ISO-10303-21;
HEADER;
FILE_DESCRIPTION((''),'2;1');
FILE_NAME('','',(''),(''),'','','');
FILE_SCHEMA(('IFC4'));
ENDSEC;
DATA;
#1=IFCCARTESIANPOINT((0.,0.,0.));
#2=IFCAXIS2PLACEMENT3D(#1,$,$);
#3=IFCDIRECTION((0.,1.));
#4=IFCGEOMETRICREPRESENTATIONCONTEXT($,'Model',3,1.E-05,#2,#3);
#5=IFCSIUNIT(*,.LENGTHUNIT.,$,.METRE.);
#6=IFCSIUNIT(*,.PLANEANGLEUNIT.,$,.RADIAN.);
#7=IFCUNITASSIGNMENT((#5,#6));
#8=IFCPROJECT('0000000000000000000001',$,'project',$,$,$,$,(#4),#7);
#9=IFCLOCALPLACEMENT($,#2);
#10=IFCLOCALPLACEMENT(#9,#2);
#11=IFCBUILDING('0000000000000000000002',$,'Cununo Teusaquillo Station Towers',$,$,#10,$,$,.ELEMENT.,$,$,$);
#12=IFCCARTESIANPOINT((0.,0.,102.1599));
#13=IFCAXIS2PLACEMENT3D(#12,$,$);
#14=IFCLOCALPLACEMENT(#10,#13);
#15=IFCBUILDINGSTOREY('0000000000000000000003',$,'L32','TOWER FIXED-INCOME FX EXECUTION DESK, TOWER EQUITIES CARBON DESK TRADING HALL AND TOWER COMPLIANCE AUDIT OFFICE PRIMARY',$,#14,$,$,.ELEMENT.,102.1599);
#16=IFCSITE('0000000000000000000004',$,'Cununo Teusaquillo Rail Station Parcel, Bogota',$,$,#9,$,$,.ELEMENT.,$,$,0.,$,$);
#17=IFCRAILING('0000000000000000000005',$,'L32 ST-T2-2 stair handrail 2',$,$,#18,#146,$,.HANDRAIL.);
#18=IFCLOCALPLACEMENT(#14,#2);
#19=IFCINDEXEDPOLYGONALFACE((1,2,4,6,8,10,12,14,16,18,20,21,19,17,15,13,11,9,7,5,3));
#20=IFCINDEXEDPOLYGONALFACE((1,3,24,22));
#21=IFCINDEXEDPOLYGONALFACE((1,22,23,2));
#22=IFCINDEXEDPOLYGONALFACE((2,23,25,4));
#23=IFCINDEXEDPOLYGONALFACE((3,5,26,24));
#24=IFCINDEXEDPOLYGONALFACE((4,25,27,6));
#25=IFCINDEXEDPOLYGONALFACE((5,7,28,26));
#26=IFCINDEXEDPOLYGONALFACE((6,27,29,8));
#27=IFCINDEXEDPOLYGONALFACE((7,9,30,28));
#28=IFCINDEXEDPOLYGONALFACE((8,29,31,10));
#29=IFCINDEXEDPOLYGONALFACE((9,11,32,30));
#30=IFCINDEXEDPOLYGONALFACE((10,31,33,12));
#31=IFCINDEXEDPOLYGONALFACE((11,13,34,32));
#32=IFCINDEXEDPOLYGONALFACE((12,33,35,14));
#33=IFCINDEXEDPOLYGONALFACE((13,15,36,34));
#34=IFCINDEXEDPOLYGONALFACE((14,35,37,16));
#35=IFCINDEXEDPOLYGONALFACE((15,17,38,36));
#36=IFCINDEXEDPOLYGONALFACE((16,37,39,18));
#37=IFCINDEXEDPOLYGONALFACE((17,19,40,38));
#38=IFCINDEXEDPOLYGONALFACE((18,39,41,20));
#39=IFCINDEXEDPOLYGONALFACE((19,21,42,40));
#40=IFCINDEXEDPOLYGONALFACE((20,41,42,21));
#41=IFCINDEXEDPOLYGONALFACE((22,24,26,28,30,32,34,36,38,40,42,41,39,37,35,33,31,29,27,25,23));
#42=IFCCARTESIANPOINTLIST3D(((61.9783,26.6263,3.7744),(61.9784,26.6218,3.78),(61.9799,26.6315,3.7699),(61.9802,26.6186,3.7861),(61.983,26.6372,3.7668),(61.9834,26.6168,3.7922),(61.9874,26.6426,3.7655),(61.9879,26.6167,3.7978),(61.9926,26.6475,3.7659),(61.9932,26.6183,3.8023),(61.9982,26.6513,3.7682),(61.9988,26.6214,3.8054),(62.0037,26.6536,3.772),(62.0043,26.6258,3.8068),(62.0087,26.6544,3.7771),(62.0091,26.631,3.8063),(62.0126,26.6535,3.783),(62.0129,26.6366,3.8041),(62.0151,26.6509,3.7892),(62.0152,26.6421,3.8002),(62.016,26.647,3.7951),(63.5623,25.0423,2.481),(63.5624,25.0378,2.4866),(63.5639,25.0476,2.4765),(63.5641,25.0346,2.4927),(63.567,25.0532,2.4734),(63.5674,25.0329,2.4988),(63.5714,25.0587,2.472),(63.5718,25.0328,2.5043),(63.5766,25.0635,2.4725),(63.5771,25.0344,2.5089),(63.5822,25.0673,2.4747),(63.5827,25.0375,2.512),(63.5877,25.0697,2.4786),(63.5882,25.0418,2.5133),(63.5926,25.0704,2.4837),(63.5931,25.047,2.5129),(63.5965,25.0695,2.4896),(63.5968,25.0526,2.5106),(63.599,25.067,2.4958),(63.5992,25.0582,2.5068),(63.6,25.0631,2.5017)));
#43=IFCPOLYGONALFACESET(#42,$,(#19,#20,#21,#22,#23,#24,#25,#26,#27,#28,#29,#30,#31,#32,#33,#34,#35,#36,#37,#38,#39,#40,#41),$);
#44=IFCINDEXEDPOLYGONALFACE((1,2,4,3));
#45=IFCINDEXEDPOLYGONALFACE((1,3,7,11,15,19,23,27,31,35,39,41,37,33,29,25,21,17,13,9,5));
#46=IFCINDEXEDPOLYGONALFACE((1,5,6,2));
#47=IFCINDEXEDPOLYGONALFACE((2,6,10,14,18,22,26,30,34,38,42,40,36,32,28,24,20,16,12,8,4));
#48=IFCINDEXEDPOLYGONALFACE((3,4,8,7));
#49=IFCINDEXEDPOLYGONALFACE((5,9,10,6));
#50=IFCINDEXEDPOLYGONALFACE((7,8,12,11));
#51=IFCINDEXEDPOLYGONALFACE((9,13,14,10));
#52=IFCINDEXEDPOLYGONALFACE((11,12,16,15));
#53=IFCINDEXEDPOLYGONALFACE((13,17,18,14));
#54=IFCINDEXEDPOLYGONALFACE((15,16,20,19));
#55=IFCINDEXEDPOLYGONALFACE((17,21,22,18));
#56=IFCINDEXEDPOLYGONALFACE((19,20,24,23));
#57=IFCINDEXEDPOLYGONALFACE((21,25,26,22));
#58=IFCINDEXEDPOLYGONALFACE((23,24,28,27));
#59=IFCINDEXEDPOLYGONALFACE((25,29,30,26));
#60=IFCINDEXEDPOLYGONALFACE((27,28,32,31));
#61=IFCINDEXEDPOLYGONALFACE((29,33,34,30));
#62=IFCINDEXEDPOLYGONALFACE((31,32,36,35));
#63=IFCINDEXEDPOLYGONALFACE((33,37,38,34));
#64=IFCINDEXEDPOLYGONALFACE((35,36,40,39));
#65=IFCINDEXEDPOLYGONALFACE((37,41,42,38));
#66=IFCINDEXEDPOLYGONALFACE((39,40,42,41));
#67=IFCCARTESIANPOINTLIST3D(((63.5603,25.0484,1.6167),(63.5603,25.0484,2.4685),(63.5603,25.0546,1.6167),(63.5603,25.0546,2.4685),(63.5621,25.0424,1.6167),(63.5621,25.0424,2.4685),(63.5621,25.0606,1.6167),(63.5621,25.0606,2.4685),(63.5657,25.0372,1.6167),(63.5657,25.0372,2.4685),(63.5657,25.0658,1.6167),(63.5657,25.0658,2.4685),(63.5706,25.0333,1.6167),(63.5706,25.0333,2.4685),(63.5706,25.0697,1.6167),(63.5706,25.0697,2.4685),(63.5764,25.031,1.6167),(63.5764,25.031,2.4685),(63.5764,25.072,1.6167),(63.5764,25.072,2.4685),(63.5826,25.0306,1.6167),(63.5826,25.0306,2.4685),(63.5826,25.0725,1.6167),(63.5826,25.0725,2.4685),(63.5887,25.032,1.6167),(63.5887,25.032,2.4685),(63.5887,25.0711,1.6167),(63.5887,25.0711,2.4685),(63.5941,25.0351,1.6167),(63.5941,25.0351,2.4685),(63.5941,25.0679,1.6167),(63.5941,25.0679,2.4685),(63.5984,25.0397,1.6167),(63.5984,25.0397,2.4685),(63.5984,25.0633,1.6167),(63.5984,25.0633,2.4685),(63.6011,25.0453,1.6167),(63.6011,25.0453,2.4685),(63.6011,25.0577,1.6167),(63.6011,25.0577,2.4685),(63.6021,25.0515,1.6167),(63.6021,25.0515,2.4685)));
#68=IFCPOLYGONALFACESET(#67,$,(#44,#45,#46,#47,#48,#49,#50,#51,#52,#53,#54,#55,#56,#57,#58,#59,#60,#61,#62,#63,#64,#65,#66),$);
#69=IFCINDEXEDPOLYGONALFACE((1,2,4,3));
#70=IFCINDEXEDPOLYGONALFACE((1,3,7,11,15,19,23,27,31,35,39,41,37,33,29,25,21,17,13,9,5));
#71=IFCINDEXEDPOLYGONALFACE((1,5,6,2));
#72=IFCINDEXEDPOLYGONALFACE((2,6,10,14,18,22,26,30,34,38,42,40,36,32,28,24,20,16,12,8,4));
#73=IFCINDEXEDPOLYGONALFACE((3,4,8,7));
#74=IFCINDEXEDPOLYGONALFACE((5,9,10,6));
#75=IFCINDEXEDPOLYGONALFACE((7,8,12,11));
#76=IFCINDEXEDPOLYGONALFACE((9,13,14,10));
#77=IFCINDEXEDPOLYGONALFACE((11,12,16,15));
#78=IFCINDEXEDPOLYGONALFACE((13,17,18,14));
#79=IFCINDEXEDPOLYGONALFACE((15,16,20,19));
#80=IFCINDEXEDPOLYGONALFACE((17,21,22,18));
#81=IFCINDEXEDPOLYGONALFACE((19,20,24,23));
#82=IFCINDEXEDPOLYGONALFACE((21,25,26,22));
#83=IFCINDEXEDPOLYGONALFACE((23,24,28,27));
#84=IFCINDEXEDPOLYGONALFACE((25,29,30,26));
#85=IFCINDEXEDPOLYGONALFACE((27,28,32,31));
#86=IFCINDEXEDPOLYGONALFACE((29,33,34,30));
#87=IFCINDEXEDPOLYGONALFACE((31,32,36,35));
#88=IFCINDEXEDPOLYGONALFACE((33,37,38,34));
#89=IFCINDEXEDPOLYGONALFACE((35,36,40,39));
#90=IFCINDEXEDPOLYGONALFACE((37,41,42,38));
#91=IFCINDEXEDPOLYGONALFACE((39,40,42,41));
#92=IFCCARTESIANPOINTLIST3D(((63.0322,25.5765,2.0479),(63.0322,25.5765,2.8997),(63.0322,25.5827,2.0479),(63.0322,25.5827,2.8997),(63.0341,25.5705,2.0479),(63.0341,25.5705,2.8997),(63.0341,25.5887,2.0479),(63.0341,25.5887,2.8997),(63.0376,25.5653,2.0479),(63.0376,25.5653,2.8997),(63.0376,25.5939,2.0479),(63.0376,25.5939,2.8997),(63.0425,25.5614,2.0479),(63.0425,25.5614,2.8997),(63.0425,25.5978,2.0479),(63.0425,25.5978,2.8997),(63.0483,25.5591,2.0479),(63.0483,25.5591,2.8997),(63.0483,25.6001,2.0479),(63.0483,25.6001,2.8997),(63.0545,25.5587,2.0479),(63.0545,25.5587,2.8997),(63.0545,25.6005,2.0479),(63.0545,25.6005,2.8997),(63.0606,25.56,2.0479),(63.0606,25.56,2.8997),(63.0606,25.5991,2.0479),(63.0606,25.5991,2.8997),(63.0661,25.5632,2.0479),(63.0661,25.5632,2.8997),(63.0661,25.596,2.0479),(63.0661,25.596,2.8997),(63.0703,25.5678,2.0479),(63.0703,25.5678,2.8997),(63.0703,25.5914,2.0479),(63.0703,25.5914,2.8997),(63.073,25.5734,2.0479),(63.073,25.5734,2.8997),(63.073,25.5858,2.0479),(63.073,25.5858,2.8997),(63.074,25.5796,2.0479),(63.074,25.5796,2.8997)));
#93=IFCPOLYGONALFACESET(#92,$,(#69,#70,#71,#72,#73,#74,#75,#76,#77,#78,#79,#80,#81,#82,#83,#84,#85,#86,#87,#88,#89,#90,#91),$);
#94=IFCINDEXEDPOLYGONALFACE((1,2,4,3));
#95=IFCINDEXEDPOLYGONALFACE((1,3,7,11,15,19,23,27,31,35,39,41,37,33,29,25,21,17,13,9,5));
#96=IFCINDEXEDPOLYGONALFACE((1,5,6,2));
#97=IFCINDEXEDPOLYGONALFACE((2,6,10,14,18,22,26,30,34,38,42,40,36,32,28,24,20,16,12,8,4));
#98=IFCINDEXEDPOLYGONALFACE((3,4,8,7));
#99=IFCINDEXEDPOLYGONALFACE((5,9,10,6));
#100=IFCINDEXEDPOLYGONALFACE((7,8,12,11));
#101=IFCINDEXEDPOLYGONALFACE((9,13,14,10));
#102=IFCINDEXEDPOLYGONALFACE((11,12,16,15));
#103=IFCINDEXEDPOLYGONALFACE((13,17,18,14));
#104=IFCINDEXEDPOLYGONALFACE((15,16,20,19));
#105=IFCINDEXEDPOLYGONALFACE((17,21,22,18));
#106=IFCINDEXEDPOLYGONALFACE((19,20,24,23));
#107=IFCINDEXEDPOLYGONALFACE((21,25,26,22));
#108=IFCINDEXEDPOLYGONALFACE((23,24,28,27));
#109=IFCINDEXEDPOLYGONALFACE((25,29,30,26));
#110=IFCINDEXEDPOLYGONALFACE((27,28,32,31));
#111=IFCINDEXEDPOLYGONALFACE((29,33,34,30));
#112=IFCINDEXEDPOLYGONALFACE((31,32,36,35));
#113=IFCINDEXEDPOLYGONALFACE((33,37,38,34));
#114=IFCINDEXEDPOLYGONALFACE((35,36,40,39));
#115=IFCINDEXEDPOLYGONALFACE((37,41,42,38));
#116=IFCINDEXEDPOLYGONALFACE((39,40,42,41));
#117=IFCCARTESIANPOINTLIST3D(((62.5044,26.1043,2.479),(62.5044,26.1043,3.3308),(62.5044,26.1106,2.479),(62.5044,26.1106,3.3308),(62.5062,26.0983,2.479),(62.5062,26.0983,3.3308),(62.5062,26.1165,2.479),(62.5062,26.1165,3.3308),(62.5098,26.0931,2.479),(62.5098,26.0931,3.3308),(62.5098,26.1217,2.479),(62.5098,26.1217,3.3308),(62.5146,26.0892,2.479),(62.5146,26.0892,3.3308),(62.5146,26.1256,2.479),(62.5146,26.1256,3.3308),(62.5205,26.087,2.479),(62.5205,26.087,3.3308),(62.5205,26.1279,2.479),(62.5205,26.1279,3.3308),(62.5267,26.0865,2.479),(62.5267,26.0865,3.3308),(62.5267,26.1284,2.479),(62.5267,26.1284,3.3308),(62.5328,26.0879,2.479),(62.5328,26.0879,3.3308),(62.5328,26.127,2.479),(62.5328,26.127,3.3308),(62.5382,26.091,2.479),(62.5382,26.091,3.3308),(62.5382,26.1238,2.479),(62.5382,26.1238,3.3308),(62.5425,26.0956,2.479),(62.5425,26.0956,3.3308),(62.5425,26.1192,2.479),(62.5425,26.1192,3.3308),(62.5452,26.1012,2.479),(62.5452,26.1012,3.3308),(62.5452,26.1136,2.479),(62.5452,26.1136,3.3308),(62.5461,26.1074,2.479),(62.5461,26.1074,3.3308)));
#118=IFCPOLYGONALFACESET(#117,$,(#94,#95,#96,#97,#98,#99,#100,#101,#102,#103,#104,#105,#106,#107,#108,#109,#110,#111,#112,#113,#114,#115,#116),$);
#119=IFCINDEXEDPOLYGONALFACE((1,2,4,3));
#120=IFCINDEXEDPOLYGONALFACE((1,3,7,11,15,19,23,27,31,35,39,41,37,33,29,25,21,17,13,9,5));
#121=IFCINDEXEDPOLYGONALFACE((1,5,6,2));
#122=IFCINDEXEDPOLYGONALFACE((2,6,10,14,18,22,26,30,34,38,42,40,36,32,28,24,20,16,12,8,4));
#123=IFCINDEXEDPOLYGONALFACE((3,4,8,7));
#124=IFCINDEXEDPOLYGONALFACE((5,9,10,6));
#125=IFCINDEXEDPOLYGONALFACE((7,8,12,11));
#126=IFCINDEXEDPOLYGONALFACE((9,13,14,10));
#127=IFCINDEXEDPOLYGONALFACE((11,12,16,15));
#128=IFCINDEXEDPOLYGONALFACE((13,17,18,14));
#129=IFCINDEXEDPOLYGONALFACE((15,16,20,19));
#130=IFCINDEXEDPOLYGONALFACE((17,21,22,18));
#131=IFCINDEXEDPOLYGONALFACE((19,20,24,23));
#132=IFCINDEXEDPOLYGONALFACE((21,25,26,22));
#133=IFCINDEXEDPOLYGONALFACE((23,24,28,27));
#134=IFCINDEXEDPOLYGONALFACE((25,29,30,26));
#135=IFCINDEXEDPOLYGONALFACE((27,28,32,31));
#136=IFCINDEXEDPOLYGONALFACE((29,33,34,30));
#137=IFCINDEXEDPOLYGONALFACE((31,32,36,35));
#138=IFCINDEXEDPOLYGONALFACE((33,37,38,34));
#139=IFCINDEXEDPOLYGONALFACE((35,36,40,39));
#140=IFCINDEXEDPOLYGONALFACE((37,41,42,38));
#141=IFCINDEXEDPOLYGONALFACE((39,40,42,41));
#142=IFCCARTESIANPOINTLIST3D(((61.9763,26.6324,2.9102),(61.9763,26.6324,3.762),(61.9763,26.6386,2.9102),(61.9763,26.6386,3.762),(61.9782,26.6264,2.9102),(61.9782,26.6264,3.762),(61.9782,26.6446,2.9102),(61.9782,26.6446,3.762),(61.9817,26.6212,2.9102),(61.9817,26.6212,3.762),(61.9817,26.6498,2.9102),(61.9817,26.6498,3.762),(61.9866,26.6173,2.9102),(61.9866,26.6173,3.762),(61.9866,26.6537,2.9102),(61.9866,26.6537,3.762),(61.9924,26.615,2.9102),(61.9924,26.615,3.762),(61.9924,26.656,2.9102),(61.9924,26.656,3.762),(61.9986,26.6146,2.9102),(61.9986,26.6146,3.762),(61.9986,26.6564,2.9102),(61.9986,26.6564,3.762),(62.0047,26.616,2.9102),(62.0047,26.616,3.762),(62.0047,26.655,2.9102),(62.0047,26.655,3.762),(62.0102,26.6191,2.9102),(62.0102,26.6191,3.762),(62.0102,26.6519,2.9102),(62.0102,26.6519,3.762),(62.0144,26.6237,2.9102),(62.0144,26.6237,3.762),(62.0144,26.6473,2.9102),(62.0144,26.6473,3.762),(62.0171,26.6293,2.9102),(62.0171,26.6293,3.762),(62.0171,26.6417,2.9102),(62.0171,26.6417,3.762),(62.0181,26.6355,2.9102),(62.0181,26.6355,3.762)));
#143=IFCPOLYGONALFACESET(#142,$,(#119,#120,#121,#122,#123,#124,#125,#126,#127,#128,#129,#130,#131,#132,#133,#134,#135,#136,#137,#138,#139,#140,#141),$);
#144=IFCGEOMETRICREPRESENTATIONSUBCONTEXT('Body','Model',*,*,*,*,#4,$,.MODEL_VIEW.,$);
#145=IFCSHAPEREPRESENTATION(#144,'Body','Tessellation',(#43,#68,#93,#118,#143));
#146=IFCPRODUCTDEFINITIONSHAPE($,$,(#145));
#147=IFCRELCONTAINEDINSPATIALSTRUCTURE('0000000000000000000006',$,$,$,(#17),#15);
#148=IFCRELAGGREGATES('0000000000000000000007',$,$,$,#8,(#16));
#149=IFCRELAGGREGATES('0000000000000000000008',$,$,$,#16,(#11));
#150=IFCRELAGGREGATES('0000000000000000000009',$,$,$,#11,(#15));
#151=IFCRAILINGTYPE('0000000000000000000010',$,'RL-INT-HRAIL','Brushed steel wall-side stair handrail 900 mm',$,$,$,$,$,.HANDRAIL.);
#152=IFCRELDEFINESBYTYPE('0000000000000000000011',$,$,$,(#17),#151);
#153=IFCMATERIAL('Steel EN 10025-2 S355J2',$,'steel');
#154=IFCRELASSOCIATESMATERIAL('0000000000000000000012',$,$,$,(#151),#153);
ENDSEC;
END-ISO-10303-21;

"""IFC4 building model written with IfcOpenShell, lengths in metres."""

from ifc_helpers import new_model, si_unit, direction, frame, origin, origin_2d, place, context, subcontext, project, spatial, circle, extrude, material, type_object, element, save


model = new_model("IFC4")

# Units and contexts
model_context = context("Model", 3, precision=1e-05, world=origin(), true_north=direction((0.0, 1.0)))
body_context = subcontext(model_context, "Body", "Model", "MODEL_VIEW")
ifc_project = project(units=[si_unit("LENGTHUNIT", "METRE"), si_unit("PLANEANGLEUNIT", "RADIAN")], contexts=[model_context])

# Site, building, storey
site_placement = place(None, origin())
site = spatial("IfcSite", under=ifc_project, at=site_placement, Name="Cununo Teusaquillo Rail Station Parcel, Bogota", CompositionType="ELEMENT", RefElevation=0.0)
building_placement = place(site_placement, origin())
building = spatial("IfcBuilding", under=site, at=building_placement, Name="Cununo Teusaquillo Station Towers", CompositionType="ELEMENT")
storey_placement = place(building_placement, frame((0.0, 0.0, 102.1599)))
storey = spatial("IfcBuildingStorey", under=building, at=storey_placement, Name="L32", Description="TOWER FIXED-INCOME FX EXECUTION DESK, TOWER EQUITIES CARBON DESK TRADING HALL AND TOWER COMPLIANCE AUDIT OFFICE PRIMARY", CompositionType="ELEMENT", Elevation=102.1599)

# Railing
ifc_material_1 = material(Name="Steel EN 10025-2 S355J2", Category="steel")
railing_type_1 = type_object("IfcRailingType", Name="RL-INT-HRAIL", Description="Brushed steel wall-side stair handrail 900 mm", PredefinedType="HANDRAIL", material=ifc_material_1)
railing_1_placement = place(storey_placement, frame((63.5811, 25.0515, 1.6167)))
element("IfcRailing", 1, at=railing_1_placement, inside=storey, type_object=railing_type_1, Name="L32 ST-T2-2 stair handrail 2", PredefinedType="HANDRAIL", context=body_context, shape_type="SweptSolid", body=[
    extrude(circle(Radius=0.0239, at=origin_2d()), frame((0.0, 0.0, 0.876), z_axis=(-0.612356, 0.612356, 0.50004), x_axis=(-0.707107, -0.707107, 0.0)), (0.0, 0.0, 1.0), 2.5867),
    extrude(circle(Radius=0.021, at=origin_2d()), origin(), (0.0, 0.0, 1.0), 0.8518),
    extrude(circle(Radius=0.021, at=origin_2d()), frame((-0.5281, 0.5281, 0.4312)), (0.0, 0.0, 1.0), 0.8518),
    extrude(circle(Radius=0.021, at=origin_2d()), frame((-1.0559, 1.0559, 0.8623)), (0.0, 0.0, 1.0), 0.8518),
    extrude(circle(Radius=0.021, at=origin_2d()), frame((-1.584, 1.584, 1.2935)), (0.0, 0.0, 1.0), 0.8518),
])

save(model, "model.ifc")
